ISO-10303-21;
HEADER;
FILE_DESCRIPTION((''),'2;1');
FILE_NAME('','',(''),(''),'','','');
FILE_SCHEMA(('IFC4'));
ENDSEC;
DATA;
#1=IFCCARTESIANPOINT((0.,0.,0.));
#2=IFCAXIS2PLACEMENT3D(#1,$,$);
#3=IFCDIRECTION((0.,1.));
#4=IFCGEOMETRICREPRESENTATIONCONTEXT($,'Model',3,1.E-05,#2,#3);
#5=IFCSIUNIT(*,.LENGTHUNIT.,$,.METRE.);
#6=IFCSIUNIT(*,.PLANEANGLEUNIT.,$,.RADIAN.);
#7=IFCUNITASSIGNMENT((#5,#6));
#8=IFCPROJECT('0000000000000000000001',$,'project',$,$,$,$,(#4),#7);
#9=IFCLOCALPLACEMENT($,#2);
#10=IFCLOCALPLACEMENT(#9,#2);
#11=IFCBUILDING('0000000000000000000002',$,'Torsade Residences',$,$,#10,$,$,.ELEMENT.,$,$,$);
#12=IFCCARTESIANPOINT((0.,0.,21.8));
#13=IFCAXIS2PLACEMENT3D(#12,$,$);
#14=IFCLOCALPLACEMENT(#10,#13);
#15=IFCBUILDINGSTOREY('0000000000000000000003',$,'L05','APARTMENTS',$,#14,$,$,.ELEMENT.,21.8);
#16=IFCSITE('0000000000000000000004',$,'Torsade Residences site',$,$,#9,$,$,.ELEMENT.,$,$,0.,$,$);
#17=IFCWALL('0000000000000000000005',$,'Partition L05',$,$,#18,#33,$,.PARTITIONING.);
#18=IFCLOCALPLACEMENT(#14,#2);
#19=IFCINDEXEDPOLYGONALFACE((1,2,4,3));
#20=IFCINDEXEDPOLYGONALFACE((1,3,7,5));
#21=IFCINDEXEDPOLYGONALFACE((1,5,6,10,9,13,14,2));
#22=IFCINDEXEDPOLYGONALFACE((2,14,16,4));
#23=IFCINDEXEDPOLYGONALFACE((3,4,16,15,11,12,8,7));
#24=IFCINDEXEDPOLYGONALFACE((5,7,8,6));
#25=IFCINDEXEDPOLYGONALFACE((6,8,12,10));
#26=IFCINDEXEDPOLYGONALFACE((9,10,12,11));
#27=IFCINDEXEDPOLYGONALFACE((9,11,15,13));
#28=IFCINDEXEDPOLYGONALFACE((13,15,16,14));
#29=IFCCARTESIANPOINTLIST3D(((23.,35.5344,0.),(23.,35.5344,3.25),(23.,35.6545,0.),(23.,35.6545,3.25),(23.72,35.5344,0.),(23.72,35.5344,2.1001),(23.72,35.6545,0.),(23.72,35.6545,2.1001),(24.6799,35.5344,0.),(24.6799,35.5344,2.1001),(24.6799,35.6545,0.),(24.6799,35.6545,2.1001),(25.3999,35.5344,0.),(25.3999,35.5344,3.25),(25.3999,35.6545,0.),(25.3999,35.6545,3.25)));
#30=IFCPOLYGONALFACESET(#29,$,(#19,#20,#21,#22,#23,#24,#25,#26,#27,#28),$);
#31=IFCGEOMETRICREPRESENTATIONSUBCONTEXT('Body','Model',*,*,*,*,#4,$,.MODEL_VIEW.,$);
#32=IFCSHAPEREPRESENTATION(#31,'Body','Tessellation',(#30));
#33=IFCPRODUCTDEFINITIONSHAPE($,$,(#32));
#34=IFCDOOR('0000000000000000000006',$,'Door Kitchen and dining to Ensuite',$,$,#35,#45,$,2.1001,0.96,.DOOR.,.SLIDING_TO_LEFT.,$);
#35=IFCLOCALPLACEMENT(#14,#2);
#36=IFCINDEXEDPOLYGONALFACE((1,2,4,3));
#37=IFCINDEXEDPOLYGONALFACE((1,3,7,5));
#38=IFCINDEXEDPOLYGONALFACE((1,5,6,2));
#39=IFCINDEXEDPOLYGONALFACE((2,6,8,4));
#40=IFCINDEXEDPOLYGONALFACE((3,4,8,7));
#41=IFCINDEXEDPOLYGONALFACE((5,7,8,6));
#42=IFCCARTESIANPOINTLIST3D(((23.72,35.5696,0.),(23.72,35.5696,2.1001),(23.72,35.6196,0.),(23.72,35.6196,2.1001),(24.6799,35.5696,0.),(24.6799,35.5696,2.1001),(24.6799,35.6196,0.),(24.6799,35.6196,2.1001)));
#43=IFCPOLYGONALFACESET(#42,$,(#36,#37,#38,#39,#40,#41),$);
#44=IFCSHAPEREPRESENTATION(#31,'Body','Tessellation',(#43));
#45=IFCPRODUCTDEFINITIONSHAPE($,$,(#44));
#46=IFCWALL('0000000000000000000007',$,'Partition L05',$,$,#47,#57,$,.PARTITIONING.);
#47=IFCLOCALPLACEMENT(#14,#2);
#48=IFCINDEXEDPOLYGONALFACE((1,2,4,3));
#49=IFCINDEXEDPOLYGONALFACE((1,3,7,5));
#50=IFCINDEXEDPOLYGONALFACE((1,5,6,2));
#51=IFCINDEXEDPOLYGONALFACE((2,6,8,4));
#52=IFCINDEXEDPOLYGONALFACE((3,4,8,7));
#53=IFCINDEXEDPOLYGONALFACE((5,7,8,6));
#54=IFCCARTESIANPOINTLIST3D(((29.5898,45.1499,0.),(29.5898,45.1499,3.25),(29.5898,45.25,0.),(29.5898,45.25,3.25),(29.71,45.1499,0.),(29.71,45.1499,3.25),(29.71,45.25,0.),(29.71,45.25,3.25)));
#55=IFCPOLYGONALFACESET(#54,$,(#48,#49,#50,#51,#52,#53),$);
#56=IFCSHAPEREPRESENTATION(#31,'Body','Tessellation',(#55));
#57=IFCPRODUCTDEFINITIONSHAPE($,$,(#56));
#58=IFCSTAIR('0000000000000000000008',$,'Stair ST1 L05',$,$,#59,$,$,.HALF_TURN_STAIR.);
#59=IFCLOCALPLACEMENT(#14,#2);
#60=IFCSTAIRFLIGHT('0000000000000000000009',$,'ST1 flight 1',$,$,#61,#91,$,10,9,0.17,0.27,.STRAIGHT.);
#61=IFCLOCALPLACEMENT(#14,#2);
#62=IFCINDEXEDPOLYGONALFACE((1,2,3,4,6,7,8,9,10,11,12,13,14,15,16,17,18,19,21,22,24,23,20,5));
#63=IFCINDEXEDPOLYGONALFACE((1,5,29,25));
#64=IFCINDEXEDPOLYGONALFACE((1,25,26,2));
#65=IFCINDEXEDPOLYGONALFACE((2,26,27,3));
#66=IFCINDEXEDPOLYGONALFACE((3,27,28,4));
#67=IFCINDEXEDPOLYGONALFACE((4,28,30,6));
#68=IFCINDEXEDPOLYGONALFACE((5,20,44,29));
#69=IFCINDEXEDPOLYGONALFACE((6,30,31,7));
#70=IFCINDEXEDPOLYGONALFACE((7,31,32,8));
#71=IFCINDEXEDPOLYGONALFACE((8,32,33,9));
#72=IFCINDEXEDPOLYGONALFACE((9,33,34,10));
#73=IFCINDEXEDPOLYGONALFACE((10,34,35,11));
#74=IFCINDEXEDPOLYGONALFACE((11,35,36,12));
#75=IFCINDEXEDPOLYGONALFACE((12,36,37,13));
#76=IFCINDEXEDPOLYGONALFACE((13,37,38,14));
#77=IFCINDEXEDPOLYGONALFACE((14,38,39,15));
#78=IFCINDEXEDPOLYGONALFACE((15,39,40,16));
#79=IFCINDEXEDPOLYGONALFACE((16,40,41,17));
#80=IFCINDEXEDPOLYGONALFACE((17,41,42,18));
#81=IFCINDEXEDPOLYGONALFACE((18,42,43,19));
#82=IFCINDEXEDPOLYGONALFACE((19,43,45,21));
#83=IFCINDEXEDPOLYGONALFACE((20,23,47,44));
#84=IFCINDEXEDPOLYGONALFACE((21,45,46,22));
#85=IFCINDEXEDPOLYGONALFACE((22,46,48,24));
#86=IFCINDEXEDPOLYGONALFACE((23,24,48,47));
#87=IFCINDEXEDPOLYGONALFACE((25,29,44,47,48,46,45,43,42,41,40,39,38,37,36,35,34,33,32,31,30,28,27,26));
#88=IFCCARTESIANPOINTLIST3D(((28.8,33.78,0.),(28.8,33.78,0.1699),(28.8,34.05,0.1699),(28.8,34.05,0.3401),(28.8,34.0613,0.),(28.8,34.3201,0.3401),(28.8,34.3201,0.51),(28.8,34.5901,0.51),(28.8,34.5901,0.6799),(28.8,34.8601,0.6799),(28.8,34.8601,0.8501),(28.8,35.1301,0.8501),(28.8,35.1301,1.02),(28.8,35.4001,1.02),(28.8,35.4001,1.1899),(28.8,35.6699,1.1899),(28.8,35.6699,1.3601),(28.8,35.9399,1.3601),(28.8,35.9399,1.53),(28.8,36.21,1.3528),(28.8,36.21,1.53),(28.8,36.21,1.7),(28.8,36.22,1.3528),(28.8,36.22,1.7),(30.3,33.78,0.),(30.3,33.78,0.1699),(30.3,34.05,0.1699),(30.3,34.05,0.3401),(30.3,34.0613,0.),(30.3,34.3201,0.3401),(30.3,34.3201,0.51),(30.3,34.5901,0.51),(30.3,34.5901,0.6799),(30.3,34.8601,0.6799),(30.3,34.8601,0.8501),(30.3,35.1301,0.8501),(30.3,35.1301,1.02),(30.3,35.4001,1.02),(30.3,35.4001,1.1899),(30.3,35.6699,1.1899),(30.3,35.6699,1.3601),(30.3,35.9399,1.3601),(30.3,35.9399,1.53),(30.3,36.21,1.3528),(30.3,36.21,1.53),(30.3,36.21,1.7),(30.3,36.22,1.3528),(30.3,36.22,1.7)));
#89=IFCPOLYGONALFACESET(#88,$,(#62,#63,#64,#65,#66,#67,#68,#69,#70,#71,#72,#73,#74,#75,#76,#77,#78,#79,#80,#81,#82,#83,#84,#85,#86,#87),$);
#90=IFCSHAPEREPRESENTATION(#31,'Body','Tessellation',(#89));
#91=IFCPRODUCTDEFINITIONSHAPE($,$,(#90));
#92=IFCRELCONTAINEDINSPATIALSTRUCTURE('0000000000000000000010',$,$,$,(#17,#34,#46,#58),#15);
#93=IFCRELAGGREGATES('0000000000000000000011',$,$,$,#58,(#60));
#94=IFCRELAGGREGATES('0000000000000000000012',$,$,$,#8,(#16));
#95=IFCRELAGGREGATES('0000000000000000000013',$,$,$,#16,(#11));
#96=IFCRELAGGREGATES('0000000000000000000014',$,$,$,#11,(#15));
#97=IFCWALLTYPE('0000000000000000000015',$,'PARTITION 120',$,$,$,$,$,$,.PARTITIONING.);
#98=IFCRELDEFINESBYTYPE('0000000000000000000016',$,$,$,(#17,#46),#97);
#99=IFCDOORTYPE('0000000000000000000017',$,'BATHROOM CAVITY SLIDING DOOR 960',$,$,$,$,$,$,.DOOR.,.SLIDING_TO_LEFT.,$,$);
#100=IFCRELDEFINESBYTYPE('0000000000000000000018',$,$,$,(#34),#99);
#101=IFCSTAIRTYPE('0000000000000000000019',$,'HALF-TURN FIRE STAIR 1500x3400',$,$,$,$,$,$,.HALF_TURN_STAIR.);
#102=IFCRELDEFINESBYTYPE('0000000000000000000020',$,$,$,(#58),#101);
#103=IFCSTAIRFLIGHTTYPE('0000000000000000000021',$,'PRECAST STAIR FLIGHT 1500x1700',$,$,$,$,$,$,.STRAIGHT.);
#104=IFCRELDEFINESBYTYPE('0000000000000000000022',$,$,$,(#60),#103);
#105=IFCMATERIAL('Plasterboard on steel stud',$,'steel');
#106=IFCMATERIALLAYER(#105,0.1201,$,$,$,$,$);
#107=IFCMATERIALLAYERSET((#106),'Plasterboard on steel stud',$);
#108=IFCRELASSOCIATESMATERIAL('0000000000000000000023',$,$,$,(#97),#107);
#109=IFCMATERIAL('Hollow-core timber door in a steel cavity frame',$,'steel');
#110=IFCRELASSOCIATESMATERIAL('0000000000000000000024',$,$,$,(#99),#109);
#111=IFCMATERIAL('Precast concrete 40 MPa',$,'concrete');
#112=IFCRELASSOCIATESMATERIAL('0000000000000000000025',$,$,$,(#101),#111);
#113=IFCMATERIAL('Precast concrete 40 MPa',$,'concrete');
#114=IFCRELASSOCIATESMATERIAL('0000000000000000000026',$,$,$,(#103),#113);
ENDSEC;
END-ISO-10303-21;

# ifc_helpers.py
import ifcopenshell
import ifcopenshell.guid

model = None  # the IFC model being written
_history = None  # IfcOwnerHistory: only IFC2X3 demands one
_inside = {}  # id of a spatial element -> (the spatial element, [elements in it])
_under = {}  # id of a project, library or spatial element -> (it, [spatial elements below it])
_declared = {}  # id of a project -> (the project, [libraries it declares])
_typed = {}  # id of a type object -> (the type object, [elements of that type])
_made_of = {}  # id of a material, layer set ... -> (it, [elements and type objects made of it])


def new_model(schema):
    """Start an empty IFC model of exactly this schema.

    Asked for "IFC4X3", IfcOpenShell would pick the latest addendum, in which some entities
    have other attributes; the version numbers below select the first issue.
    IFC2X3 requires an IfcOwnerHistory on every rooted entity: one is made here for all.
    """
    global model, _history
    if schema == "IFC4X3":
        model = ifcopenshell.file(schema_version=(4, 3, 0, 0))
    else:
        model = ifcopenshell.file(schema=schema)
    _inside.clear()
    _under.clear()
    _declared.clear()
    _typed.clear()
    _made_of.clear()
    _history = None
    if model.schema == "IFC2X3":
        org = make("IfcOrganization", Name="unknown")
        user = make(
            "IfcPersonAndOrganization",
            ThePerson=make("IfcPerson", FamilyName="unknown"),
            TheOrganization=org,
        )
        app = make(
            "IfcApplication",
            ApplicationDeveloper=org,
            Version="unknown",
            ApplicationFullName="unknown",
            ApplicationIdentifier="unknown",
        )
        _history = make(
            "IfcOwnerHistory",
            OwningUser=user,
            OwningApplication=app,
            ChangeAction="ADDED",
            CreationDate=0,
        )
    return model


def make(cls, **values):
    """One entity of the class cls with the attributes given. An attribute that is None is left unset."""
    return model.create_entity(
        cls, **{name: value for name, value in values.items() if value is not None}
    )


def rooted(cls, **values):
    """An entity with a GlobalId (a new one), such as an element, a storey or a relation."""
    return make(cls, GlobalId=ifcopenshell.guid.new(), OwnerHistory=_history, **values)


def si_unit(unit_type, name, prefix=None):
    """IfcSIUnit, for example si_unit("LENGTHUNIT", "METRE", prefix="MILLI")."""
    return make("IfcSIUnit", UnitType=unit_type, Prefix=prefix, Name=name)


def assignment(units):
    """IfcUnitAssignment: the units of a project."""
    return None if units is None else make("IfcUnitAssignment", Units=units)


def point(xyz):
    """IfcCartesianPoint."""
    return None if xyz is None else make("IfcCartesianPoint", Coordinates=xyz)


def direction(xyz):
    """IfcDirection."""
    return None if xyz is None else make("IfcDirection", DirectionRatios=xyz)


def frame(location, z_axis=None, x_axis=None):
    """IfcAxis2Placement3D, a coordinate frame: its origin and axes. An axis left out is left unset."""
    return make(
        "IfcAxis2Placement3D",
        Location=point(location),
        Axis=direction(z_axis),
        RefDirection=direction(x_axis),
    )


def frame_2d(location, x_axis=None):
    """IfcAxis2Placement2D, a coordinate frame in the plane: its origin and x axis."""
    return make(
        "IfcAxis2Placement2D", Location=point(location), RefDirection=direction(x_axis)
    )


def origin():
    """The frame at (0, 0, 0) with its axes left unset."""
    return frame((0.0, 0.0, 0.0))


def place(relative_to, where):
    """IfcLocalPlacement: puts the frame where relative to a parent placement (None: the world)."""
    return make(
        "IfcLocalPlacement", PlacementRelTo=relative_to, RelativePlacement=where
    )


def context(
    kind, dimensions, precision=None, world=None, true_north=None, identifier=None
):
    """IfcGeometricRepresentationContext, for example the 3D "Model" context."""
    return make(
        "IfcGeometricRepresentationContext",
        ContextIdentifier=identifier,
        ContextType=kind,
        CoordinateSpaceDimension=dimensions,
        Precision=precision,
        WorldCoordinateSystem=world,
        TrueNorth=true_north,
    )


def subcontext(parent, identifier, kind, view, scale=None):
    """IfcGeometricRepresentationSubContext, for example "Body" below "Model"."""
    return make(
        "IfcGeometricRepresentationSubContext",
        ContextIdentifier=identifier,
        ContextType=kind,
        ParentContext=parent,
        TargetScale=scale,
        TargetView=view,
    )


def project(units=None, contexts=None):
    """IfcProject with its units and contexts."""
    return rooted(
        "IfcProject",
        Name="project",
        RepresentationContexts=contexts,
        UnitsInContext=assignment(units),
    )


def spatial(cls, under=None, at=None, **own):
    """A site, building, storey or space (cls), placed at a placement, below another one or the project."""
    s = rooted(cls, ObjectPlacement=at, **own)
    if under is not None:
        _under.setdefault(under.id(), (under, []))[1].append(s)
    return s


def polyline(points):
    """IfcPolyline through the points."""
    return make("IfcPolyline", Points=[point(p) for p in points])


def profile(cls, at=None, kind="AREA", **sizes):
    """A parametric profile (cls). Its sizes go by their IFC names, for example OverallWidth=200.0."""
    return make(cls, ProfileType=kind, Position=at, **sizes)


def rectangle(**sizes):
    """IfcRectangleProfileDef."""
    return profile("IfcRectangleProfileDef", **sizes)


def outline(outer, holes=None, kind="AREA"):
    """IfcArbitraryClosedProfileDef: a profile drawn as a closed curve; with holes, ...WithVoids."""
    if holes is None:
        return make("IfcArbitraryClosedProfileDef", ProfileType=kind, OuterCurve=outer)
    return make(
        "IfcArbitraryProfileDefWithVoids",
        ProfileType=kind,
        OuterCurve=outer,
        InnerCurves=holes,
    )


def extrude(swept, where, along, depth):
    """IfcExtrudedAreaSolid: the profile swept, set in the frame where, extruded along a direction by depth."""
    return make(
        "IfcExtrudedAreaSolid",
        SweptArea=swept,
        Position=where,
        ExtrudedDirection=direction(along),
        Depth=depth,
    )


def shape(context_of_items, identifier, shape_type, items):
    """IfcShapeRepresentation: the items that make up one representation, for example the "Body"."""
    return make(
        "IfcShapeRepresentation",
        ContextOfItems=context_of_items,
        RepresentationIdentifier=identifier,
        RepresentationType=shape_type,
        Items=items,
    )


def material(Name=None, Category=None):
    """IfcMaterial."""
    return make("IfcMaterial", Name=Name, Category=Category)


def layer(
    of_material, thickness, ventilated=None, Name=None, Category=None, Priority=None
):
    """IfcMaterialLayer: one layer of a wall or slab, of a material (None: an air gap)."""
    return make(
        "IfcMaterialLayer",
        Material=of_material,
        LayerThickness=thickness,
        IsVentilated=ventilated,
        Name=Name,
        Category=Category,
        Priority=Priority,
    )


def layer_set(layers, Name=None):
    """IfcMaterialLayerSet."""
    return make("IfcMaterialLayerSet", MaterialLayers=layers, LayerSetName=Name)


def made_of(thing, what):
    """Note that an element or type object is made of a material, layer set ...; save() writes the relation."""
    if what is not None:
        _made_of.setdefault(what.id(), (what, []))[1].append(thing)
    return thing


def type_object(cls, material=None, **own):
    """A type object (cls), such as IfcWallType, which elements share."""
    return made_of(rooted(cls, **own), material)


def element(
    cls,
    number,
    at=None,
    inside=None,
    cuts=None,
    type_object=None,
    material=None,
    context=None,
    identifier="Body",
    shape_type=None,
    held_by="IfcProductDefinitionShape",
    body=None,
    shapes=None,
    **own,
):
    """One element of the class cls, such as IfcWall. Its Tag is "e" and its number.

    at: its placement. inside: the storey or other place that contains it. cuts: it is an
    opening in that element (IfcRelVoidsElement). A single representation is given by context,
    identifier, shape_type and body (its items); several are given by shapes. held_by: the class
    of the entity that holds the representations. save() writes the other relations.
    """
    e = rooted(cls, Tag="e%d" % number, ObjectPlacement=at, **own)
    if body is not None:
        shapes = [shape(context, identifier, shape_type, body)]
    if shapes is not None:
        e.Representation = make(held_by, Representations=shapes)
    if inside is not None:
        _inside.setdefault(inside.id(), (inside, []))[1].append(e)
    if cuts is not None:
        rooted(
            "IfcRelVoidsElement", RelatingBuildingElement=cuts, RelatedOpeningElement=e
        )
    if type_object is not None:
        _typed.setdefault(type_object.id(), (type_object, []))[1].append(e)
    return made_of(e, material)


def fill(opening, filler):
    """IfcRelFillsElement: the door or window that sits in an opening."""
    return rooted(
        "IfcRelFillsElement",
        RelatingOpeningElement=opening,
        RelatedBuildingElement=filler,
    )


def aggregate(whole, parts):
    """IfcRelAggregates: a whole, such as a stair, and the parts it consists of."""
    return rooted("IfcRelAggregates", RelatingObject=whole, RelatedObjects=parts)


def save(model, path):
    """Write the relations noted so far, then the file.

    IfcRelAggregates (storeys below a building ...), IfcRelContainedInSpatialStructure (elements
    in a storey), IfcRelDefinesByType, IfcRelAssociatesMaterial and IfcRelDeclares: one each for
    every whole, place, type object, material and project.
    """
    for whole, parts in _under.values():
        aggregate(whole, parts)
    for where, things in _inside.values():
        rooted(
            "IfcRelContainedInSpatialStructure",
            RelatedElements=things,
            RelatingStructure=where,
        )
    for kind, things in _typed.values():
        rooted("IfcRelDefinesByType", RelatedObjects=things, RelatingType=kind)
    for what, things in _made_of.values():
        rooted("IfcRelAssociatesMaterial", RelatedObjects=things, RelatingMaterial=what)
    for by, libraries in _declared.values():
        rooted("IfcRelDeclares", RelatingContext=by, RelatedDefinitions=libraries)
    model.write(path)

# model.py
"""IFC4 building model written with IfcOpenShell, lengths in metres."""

from ifc_helpers import new_model, si_unit, direction, frame, frame_2d, origin, place, context, subcontext, project, spatial, polyline, rectangle, outline, extrude, material, layer, layer_set, type_object, element, fill, aggregate, save


model = new_model("IFC4")

# Units and contexts
model_context = context("Model", 3, precision=1e-05, world=origin(), true_north=direction((0.0, 1.0)))
body_context = subcontext(model_context, "Body", "Model", "MODEL_VIEW")
ifc_project = project(units=[si_unit("LENGTHUNIT", "METRE"), si_unit("PLANEANGLEUNIT", "RADIAN")], contexts=[model_context])

# Site, building, storey
site_placement = place(None, origin())
site = spatial("IfcSite", under=ifc_project, at=site_placement, Name="Torsade Residences site", CompositionType="ELEMENT", RefElevation=0.0)
building_placement = place(site_placement, origin())
building = spatial("IfcBuilding", under=site, at=building_placement, Name="Torsade Residences", CompositionType="ELEMENT")
storey_placement = place(building_placement, frame((0.0, 0.0, 21.8)))
storey = spatial("IfcBuildingStorey", under=building, at=storey_placement, Name="L05", Description="APARTMENTS", CompositionType="ELEMENT", Elevation=21.8)

# Shared definitions
ifc_material_1 = material(Name="Plasterboard on steel stud", Category="steel")
ifc_layer_1 = layer(ifc_material_1, 0.1201)
ifc_layer_set_1 = layer_set([ifc_layer_1], Name="Plasterboard on steel stud")
wall_type_1 = type_object("IfcWallType", Name="PARTITION 120", PredefinedType="PARTITIONING", material=ifc_layer_set_1)

# Wall, opening, door
wall_1_placement = place(storey_placement, frame((25.3999, 35.5945, 0.0), z_axis=(0.0, 0.0, 1.0), x_axis=(-1.0, 0.0, 0.0)))
wall_1 = element("IfcWall", 1, at=wall_1_placement, inside=storey, type_object=wall_type_1, Name="Partition L05", PredefinedType="PARTITIONING", context=body_context, shape_type="SweptSolid", body=[
    extrude(rectangle(XDim=2.3999, YDim=0.1201, at=frame_2d((1.2, 0.0))), origin(), (0.0, 0.0, 1.0), 3.25),
])
opening_1_placement = place(wall_1_placement, frame((0.72, 0.0, 0.0)))
opening_1 = element("IfcOpeningElement", 2, at=opening_1_placement, cuts=wall_1, PredefinedType="OPENING", context=body_context, shape_type="SweptSolid", body=[
    extrude(rectangle(XDim=0.96, YDim=2.1001, at=frame_2d((0.48, 1.05))), frame((0.0, 0.0701, 0.0), z_axis=(0.0, -1.0, 0.0), x_axis=(1.0, 0.0, 0.0)), (0.0, 0.0, 1.0), 0.1401),
])
ifc_material_2 = material(Name="Hollow-core timber door in a steel cavity frame", Category="steel")
door_type_1 = type_object("IfcDoorType", Name="BATHROOM CAVITY SLIDING DOOR 960", OperationType="SLIDING_TO_LEFT", PredefinedType="DOOR", material=ifc_material_2)
door_1_placement = place(opening_1_placement, origin())
door_1 = element("IfcDoor", 3, at=door_1_placement, inside=storey, type_object=door_type_1, Name="Door Kitchen and dining to Ensuite", OperationType="SLIDING_TO_LEFT", OverallHeight=2.1001, OverallWidth=0.96, PredefinedType="DOOR", context=body_context, shape_type="SweptSolid", body=[
    extrude(rectangle(XDim=0.96, YDim=2.1001, at=frame_2d((0.48, 1.05))), frame((0.0, 0.0249, 0.0), z_axis=(0.0, -1.0, 0.0), x_axis=(1.0, 0.0, 0.0)), (0.0, 0.0, 1.0), 0.05),
])
fill(opening_1, door_1)

# Wall
wall_2_placement = place(storey_placement, frame((29.6499, 45.1499, 0.0), z_axis=(0.0, 0.0, 1.0), x_axis=(0.0, 1.0, 0.0)))
element("IfcWall", 4, at=wall_2_placement, inside=storey, type_object=wall_type_1, Name="Partition L05", PredefinedType="PARTITIONING", context=body_context, shape_type="SweptSolid", body=[
    extrude(rectangle(XDim=0.1001, YDim=0.1201, at=frame_2d((0.05, 0.0))), origin(), (0.0, 0.0, 1.0), 3.25),
])

# Stair, stair flight
ifc_material_3 = material(Name="Precast concrete 40 MPa", Category="concrete")
stair_type = type_object("IfcStairType", Name="HALF-TURN FIRE STAIR 1500x3400", PredefinedType="HALF_TURN_STAIR", material=ifc_material_3)
stair_placement = place(storey_placement, origin())
stair = element("IfcStair", 5, at=stair_placement, inside=storey, type_object=stair_type, Name="Stair ST1 L05", PredefinedType="HALF_TURN_STAIR")
ifc_material_4 = material(Name="Precast concrete 40 MPa", Category="concrete")
stair_flight_type = type_object("IfcStairFlightType", Name="PRECAST STAIR FLIGHT 1500x1700", PredefinedType="STRAIGHT", material=ifc_material_4)
stair_flight_placement = place(storey_placement, frame((29.55, 33.78, 0.0), z_axis=(0.0, 0.0, 1.0), x_axis=(0.0, 1.0, 0.0)))
stair_flight = element("IfcStairFlight", 6, at=stair_flight_placement, type_object=stair_flight_type, Name="ST1 flight 1", NumberOfRisers=10, NumberOfTreads=9, PredefinedType="STRAIGHT", RiserHeight=0.17, TreadLength=0.27, context=body_context, shape_type="SweptSolid", body=[
    extrude(outline(polyline([(0.0, 0.0), (0.0, 0.1699), (0.27, 0.1699), (0.27, 0.3401), (0.54, 0.3401), (0.54, 0.51), (0.8101, 0.51), (0.8101, 0.6799), (1.0801, 0.6799), (1.0801, 0.8501), (1.3501, 0.8501), (1.3501, 1.02), (1.6201, 1.02), (1.6201, 1.1899), (1.8899, 1.1899), (1.8899, 1.3601), (2.1599, 1.3601), (2.1599, 1.53), (2.4299, 1.53), (2.4299, 1.7), (2.4399, 1.7), (2.4399, 1.3528), (2.4299, 1.3528), (0.2812, 0.0), (0.0, 0.0)])), frame((0.0, 0.75, 0.0), z_axis=(0.0, -1.0, 0.0), x_axis=(1.0, 0.0, 0.0)), (0.0, 0.0, 1.0), 1.5),
])
aggregate(stair, [stair_flight])

save(model, "model.ifc")
